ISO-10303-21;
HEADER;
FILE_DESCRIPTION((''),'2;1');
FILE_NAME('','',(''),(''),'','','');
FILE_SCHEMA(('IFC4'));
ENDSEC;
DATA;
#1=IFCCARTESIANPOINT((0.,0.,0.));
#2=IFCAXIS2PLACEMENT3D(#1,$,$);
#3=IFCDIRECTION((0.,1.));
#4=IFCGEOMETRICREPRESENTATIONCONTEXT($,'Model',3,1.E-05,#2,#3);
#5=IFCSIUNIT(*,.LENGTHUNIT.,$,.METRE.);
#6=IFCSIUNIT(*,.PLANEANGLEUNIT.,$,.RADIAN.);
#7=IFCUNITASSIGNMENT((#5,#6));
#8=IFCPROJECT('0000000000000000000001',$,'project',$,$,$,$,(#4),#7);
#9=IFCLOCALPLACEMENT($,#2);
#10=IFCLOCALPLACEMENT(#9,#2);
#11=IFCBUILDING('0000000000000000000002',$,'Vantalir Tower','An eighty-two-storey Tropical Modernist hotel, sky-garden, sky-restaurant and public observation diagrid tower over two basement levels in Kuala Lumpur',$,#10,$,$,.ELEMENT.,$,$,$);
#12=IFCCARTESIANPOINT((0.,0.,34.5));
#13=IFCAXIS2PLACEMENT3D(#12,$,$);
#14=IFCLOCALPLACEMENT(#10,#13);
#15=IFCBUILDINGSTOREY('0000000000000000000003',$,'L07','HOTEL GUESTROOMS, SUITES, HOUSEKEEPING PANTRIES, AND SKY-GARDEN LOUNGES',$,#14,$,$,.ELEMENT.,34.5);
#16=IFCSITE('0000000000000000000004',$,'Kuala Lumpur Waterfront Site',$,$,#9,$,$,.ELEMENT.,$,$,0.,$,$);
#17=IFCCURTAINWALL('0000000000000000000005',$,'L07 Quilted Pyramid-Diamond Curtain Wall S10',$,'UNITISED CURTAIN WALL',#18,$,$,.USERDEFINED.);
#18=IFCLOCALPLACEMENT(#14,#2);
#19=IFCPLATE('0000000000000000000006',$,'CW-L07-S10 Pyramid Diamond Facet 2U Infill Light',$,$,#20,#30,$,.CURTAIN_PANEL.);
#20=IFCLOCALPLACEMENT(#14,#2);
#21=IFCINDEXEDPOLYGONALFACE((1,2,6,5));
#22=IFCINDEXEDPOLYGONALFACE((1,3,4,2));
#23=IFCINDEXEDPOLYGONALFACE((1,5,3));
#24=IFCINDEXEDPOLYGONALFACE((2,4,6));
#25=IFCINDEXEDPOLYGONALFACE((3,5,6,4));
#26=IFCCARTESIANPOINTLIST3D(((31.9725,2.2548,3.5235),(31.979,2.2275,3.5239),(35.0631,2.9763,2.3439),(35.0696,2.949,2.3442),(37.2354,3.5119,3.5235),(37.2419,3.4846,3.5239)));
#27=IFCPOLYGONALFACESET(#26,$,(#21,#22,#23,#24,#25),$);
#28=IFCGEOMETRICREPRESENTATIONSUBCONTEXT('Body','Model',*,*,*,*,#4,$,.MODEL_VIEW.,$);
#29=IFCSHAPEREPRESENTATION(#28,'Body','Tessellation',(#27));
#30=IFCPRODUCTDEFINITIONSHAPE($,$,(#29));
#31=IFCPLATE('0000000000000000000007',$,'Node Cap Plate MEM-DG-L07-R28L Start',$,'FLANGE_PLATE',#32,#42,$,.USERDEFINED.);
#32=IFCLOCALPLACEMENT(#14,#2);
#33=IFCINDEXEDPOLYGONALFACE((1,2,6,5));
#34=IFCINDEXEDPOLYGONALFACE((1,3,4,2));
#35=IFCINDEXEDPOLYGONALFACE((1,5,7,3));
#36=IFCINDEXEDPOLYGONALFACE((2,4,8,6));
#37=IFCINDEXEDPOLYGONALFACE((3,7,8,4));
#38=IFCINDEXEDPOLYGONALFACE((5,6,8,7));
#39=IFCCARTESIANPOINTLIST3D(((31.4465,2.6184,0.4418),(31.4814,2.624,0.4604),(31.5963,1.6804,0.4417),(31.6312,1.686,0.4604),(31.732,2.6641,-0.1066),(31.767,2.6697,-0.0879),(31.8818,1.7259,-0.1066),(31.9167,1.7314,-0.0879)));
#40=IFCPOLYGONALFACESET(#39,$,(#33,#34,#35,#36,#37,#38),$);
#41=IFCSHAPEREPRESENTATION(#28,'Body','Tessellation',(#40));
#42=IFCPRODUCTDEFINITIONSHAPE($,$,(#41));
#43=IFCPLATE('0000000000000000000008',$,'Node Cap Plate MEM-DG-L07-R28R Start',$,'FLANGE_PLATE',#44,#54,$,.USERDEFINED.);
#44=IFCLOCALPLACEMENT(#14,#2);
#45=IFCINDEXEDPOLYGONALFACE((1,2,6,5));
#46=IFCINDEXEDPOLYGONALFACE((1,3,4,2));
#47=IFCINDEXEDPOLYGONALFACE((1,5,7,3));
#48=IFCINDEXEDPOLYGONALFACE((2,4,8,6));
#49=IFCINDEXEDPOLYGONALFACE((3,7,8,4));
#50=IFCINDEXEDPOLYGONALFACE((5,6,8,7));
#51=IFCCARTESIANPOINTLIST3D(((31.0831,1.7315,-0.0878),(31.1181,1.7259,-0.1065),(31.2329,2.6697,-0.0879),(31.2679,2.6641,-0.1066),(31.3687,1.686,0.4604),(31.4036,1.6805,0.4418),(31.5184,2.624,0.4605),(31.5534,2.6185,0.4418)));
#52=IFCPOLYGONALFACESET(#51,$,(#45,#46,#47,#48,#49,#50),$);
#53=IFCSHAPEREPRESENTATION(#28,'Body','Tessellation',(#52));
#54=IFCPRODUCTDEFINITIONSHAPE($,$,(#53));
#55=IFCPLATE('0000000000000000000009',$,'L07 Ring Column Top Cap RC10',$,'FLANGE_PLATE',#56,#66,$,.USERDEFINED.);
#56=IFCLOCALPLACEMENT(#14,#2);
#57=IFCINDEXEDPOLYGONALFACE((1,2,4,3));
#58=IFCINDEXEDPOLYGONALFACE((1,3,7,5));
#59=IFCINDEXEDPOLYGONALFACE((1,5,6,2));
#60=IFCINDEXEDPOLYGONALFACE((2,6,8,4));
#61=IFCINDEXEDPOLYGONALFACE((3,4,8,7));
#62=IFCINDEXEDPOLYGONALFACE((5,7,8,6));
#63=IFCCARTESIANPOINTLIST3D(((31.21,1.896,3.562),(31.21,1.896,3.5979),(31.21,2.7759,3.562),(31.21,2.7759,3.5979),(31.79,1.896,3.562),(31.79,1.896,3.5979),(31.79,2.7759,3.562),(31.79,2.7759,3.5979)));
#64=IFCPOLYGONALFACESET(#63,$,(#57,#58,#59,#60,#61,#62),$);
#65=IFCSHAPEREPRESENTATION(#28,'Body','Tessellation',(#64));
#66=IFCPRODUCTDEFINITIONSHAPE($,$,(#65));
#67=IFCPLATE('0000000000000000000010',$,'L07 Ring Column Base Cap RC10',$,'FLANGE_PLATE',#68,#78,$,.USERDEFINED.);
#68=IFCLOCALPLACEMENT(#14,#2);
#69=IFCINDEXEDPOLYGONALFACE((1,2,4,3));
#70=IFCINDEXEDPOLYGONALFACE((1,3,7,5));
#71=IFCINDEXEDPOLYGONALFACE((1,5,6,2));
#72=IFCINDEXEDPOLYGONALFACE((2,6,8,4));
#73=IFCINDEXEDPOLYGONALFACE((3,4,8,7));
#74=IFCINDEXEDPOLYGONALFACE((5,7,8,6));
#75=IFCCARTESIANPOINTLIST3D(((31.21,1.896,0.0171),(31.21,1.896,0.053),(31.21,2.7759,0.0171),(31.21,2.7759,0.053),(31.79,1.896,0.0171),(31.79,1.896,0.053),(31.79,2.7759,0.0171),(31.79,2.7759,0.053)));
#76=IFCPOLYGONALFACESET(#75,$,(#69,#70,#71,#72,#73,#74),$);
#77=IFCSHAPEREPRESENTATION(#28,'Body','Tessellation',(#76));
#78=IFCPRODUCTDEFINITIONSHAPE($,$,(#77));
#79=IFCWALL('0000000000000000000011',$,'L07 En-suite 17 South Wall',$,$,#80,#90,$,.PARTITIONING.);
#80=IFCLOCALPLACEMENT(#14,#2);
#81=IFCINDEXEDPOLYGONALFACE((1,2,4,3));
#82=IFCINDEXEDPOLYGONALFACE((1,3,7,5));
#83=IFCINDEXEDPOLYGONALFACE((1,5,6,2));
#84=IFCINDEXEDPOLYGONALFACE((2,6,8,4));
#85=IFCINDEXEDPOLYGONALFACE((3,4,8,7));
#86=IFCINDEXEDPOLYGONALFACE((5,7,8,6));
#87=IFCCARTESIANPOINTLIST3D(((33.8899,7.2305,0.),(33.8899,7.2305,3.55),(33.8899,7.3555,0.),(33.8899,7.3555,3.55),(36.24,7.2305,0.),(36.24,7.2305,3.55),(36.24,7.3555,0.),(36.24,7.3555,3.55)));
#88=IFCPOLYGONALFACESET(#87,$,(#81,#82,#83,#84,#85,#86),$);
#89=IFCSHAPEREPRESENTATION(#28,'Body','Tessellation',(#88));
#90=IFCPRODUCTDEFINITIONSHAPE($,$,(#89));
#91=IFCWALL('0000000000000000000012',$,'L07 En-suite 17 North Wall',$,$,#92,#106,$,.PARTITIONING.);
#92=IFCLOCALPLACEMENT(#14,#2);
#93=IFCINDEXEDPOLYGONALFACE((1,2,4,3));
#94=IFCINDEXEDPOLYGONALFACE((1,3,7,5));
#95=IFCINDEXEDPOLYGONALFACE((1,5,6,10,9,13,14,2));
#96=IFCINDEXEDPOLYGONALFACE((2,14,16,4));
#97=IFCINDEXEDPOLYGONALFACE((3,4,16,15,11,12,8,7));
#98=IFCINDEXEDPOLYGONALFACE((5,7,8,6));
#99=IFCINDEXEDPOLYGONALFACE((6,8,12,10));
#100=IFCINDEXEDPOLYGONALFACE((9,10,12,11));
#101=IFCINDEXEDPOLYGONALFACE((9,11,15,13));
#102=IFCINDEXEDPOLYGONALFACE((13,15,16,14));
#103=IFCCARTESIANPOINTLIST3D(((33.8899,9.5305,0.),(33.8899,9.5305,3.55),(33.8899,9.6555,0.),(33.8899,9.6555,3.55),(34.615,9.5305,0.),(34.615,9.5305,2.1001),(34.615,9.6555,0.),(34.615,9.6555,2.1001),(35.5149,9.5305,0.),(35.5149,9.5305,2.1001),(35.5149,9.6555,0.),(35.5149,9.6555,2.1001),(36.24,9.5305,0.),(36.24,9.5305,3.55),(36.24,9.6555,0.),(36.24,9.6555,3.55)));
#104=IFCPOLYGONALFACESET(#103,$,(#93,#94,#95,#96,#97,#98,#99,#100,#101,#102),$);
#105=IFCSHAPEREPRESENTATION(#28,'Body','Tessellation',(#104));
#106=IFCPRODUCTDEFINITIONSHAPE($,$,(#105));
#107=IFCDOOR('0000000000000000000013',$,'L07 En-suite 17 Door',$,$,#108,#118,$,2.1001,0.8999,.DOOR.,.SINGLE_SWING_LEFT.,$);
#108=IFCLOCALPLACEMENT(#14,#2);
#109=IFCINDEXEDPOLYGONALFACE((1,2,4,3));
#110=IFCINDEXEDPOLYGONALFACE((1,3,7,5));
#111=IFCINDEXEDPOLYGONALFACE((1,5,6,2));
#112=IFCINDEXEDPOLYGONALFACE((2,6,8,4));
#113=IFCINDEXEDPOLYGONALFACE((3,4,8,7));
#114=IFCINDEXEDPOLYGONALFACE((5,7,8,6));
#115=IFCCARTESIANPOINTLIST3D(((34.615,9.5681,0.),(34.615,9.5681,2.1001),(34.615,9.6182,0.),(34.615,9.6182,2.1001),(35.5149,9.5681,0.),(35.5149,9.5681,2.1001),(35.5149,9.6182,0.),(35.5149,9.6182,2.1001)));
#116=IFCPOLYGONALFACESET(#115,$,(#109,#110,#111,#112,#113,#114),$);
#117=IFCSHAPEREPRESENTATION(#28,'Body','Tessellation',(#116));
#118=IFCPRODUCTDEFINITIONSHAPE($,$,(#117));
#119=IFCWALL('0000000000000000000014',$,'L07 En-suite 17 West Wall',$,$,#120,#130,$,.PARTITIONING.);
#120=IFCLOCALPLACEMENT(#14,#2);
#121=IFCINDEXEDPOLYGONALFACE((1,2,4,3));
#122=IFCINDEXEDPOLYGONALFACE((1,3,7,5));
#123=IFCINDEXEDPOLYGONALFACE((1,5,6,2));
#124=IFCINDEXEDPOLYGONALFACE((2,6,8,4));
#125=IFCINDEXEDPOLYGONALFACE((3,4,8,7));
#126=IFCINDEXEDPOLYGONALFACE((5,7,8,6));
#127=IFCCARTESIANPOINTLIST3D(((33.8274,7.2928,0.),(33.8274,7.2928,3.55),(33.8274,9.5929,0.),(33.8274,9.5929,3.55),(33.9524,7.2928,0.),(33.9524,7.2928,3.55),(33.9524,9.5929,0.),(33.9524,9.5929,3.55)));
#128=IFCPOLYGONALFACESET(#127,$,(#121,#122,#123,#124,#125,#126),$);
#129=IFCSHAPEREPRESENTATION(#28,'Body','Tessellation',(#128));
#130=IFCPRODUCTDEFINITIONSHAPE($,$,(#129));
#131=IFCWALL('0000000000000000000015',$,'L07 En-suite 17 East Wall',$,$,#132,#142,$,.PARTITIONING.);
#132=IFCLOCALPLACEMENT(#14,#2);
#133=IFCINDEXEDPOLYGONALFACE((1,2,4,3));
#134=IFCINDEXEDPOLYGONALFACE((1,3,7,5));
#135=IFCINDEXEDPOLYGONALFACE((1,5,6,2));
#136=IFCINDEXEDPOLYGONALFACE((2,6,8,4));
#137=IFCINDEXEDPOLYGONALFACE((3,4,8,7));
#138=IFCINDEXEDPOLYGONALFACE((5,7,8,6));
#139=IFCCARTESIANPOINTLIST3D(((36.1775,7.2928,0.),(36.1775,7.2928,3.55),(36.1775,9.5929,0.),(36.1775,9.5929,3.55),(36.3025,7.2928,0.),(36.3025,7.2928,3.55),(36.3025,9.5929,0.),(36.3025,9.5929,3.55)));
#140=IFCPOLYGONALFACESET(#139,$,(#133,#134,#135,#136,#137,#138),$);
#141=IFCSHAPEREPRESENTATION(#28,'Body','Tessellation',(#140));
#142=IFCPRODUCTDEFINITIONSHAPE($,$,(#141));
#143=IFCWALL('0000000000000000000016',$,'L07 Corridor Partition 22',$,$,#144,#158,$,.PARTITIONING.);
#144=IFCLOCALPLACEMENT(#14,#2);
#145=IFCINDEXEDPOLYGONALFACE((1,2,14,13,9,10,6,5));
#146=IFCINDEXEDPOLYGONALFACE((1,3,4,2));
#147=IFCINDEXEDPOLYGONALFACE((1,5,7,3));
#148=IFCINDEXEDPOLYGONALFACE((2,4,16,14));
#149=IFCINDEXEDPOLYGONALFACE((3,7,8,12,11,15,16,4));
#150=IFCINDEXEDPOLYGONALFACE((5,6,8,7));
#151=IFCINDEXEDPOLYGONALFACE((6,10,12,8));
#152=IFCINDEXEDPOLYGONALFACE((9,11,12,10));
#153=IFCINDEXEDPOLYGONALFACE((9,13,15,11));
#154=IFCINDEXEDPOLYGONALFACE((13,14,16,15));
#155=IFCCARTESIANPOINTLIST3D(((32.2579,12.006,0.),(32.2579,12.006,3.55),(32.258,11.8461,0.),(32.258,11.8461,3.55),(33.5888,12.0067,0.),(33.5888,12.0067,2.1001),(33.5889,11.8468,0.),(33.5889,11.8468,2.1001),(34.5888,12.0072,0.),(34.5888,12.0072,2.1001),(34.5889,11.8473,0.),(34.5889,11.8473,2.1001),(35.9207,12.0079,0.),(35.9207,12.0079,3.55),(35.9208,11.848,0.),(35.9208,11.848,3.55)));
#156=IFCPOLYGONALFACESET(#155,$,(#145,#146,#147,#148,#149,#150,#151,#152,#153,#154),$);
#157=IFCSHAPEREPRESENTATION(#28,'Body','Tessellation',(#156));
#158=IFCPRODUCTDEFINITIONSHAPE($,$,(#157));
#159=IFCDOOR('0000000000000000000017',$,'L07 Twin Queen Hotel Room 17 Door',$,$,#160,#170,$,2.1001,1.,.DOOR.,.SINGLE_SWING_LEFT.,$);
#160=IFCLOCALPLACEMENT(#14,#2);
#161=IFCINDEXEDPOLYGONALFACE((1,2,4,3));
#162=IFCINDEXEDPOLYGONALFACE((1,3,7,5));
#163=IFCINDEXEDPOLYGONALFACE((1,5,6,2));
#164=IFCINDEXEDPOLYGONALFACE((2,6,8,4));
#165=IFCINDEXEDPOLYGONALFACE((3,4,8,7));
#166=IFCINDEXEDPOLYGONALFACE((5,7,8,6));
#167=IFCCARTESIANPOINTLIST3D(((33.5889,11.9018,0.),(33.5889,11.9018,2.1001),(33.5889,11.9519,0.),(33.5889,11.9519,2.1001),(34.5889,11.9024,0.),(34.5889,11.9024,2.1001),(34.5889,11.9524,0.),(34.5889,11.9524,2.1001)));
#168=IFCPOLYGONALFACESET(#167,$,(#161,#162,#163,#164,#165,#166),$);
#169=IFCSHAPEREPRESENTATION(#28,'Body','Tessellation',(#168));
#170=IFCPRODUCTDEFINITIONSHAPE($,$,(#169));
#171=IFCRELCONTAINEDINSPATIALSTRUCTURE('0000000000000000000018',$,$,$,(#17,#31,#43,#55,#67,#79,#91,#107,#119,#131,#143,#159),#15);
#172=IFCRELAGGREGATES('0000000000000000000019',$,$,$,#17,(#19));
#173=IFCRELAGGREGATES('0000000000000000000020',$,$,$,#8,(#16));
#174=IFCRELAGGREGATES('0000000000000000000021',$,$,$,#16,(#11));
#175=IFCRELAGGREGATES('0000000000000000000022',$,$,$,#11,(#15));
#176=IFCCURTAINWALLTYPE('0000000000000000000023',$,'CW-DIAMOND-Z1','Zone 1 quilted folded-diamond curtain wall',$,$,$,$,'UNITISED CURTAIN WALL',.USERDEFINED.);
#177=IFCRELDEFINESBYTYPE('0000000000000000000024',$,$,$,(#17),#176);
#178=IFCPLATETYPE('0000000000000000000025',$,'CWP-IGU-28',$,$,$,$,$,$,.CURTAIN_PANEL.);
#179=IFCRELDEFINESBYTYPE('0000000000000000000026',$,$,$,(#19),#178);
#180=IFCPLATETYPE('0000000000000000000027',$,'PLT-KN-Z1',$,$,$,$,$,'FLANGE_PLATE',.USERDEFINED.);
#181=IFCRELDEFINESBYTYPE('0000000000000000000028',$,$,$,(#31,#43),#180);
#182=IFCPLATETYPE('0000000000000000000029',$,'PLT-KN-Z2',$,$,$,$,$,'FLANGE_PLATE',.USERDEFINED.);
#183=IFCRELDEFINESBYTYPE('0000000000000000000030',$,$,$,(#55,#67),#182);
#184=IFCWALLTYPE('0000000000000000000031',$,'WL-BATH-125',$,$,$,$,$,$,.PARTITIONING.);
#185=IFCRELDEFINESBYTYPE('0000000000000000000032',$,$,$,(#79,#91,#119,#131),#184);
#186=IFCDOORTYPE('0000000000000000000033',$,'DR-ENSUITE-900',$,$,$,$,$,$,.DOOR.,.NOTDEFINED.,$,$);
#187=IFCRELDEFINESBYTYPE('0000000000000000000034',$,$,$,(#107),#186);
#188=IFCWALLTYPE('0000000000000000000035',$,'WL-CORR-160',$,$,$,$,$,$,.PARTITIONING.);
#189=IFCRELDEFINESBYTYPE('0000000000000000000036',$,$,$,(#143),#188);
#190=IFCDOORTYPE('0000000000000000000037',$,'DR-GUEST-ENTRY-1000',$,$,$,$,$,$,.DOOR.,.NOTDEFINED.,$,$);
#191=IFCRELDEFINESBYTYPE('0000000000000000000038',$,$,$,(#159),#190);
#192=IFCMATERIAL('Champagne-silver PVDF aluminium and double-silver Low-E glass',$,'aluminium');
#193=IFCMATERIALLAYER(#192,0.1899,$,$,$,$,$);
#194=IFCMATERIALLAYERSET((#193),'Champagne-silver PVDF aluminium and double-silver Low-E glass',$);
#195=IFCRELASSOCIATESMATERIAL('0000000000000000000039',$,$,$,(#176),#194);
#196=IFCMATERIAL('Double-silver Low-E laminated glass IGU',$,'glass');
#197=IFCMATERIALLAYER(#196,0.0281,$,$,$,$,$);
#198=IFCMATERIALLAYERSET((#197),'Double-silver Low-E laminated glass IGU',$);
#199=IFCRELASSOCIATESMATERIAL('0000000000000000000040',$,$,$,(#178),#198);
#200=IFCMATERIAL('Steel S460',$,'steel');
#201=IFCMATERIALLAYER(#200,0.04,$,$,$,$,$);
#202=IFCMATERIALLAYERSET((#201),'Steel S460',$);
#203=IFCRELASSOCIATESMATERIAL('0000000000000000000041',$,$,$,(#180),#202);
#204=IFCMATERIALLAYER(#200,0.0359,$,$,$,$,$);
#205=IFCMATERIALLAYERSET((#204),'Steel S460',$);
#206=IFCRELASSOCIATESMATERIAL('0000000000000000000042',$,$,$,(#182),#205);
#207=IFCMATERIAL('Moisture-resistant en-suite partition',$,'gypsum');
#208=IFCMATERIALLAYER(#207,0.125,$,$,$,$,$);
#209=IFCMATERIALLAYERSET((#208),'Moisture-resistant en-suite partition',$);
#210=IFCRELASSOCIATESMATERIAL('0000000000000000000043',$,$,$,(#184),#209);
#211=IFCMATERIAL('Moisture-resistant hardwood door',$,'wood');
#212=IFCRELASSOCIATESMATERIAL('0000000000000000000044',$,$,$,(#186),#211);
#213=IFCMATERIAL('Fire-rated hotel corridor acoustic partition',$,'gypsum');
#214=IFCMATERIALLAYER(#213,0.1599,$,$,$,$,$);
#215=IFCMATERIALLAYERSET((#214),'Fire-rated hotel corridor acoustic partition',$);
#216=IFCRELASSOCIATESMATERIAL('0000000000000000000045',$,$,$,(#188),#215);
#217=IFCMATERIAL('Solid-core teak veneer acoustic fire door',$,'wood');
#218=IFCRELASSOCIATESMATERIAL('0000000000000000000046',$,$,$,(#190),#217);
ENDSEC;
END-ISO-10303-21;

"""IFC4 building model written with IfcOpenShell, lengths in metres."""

from ifc_helpers import new_model, si_unit, direction, frame, frame_2d, origin, place, context, subcontext, project, spatial, polyline, rectangle, outline, extrude, material, layer, layer_set, type_object, element, fill, aggregate, save


model = new_model("IFC4")

# Units and contexts
model_context = context("Model", 3, precision=1e-05, world=origin(), true_north=direction((0.0, 1.0)))
body_context = subcontext(model_context, "Body", "Model", "MODEL_VIEW")
ifc_project = project(units=[si_unit("LENGTHUNIT", "METRE"), si_unit("PLANEANGLEUNIT", "RADIAN")], contexts=[model_context])

# Site, building, storey
site_placement = place(None, origin())
site = spatial("IfcSite", under=ifc_project, at=site_placement, Name="Kuala Lumpur Waterfront Site", CompositionType="ELEMENT", RefElevation=0.0)
building_placement = place(site_placement, origin())
building = spatial("IfcBuilding", under=site, at=building_placement, Name="Vantalir Tower", Description="An eighty-two-storey Tropical Modernist hotel, sky-garden, sky-restaurant and public observation diagrid tower over two basement levels in Kuala Lumpur", CompositionType="ELEMENT")
storey_placement = place(building_placement, frame((0.0, 0.0, 34.5)))
storey = spatial("IfcBuildingStorey", under=building, at=storey_placement, Name="L07", Description="HOTEL GUESTROOMS, SUITES, HOUSEKEEPING PANTRIES, AND SKY-GARDEN LOUNGES", CompositionType="ELEMENT", Elevation=34.5)

# Shared definitions
ifc_material_1 = material(Name="Steel S460", Category="steel")

# Curtain wall
ifc_material_2 = material(Name="Champagne-silver PVDF aluminium and double-silver Low-E glass", Category="aluminium")
ifc_layer_1 = layer(ifc_material_2, 0.1899)
ifc_layer_set_1 = layer_set([ifc_layer_1], Name="Champagne-silver PVDF aluminium and double-silver Low-E glass")
curtain_wall_type = type_object("IfcCurtainWallType", Name="CW-DIAMOND-Z1", Description="Zone 1 quilted folded-diamond curtain wall", ElementType="UNITISED CURTAIN WALL", PredefinedType="USERDEFINED", material=ifc_layer_set_1)
curtain_wall_placement = place(storey_placement, origin())
curtain_wall = element("IfcCurtainWall", 1, at=curtain_wall_placement, inside=storey, type_object=curtain_wall_type, Name="L07 Quilted Pyramid-Diamond Curtain Wall S10", ObjectType="UNITISED CURTAIN WALL", PredefinedType="USERDEFINED")

# Plate
ifc_material_3 = material(Name="Double-silver Low-E laminated glass IGU", Category="glass")
ifc_layer_2 = layer(ifc_material_3, 0.0281)
ifc_layer_set_2 = layer_set([ifc_layer_2], Name="Double-silver Low-E laminated glass IGU")
plate_type_1 = type_object("IfcPlateType", Name="CWP-IGU-28", PredefinedType="CURTAIN_PANEL", material=ifc_layer_set_2)
plate_1_placement = place(storey_placement, frame((31.979, 2.2275, 3.5239), z_axis=(0.232298, -0.972547, 0.013821), x_axis=(0.972639, 0.23232, 0.0)))
plate_1 = element("IfcPlate", 2, at=plate_1_placement, type_object=plate_type_1, Name="CW-L07-S10 Pyramid Diamond Facet 2U Infill Light", PredefinedType="CURTAIN_PANEL", context=body_context, shape_type="SweptSolid", body=[
    extrude(outline(polyline([(0.0, 0.0), (5.411, 0.0), (3.1736, -1.1798), (0.0, 0.0)])), origin(), (0.0, 0.0, -1.0), 0.0281),
])
aggregate(curtain_wall, [plate_1])

# Plates
ifc_layer_3 = layer(ifc_material_1, 0.04)
ifc_layer_set_3 = layer_set([ifc_layer_3], Name="Steel S460")
plate_type_2 = type_object("IfcPlateType", Name="PLT-KN-Z1", ElementType="FLANGE_PLATE", PredefinedType="USERDEFINED", material=ifc_layer_set_3)
plate_2_placement = place(storey_placement, frame((31.9167, 1.7314, -0.0879), z_axis=(0.873502, 0.139465, 0.466416), x_axis=(-0.157633, 0.987498, -0.000061)))
element("IfcPlate", 3, at=plate_2_placement, inside=storey, type_object=plate_type_2, Name="Node Cap Plate MEM-DG-L07-R28L Start", ObjectType="FLANGE_PLATE", PredefinedType="USERDEFINED", context=body_context, shape_type="SweptSolid", body=[
    extrude(outline(polyline([(0.0, 0.0), (0.9501, 0.0), (0.95, 0.62), (0.0001, 0.6198), (0.0, 0.0)])), origin(), (0.0, 0.0, -1.0), 0.04),
])
plate_3_placement = place(storey_placement, frame((31.2329, 2.6697, -0.0879), z_axis=(-0.873502, 0.139465, 0.466416), x_axis=(-0.157633, -0.987498, 0.000061)))
element("IfcPlate", 4, at=plate_3_placement, inside=storey, type_object=plate_type_2, Name="Node Cap Plate MEM-DG-L07-R28R Start", ObjectType="FLANGE_PLATE", PredefinedType="USERDEFINED", context=body_context, shape_type="SweptSolid", body=[
    extrude(outline(polyline([(0.0, 0.0), (0.9501, 0.0), (0.95, 0.6198), (0.0001, 0.62), (0.0, 0.0)])), origin(), (0.0, 0.0, -1.0), 0.04),
])
ifc_layer_4 = layer(ifc_material_1, 0.0359)
ifc_layer_set_4 = layer_set([ifc_layer_4], Name="Steel S460")
plate_type_3 = type_object("IfcPlateType", Name="PLT-KN-Z2", ElementType="FLANGE_PLATE", PredefinedType="USERDEFINED", material=ifc_layer_set_4)
for number, where, z_axis, x_axis, name in (
    (5, (31.21, 2.7759, 3.5979), (0.0, 0.0, 1.0), (0.0, -1.0, 0.0), "L07 Ring Column Top Cap RC10"),
    (6, (31.21, 2.7759, 0.053), (0.0, 0.0, 1.0), (0.0, -1.0, 0.0), "L07 Ring Column Base Cap RC10"),
):
    element("IfcPlate", number, at=place(storey_placement, frame(where, z_axis=z_axis, x_axis=x_axis)), inside=storey, type_object=plate_type_3, Name=name, ObjectType="FLANGE_PLATE", PredefinedType="USERDEFINED", context=body_context, shape_type="SweptSolid", body=[
        extrude(outline(polyline([(0.0, 0.0), (0.8799, 0.0), (0.8799, 0.5801), (0.0, 0.5801), (0.0, 0.0)])), origin(), (0.0, 0.0, -1.0), 0.0359),
    ])

# Wall
ifc_material_4 = material(Name="Moisture-resistant en-suite partition", Category="gypsum")
ifc_layer_5 = layer(ifc_material_4, 0.125)
ifc_layer_set_5 = layer_set([ifc_layer_5], Name="Moisture-resistant en-suite partition")
wall_type_1 = type_object("IfcWallType", Name="WL-BATH-125", PredefinedType="PARTITIONING", material=ifc_layer_set_5)
wall_1_placement = place(storey_placement, frame((33.8899, 7.293, 0.0), z_axis=(0.0, 0.0, 1.0), x_axis=(1.0, 0.0, 0.0)))
element("IfcWall", 7, at=wall_1_placement, inside=storey, type_object=wall_type_1, Name="L07 En-suite 17 South Wall", PredefinedType="PARTITIONING", context=body_context, shape_type="SweptSolid", body=[
    extrude(rectangle(XDim=2.3501, YDim=0.125, at=frame_2d((1.175, 0.0))), origin(), (0.0, 0.0, 1.0), 3.55),
])

# Wall, opening, door
wall_2_placement = place(storey_placement, frame((33.8899, 9.593, 0.0), z_axis=(0.0, 0.0, 1.0), x_axis=(1.0, 0.0, 0.0)))
wall_2 = element("IfcWall", 8, at=wall_2_placement, inside=storey, type_object=wall_type_1, Name="L07 En-suite 17 North Wall", PredefinedType="PARTITIONING", context=body_context, shape_type="SweptSolid", body=[
    extrude(rectangle(XDim=2.3501, YDim=0.125, at=frame_2d((1.175, 0.0))), origin(), (0.0, 0.0, 1.0), 3.55),
])
opening_1_placement = place(wall_2_placement, frame((0.7251, 0.0, 0.0)))
opening_1 = element("IfcOpeningElement", 9, at=opening_1_placement, cuts=wall_2, PredefinedType="OPENING", context=body_context, shape_type="SweptSolid", body=[
    extrude(rectangle(XDim=0.8999, YDim=2.1001, at=frame_2d((0.45, 1.05))), frame((0.0, 0.0725, 0.0), z_axis=(0.0, -1.0, 0.0), x_axis=(1.0, 0.0, 0.0)), (0.0, 0.0, 1.0), 0.145),
])
ifc_material_5 = material(Name="Moisture-resistant hardwood door", Category="wood")
door_type_1 = type_object("IfcDoorType", Name="DR-ENSUITE-900", OperationType="NOTDEFINED", PredefinedType="DOOR", material=ifc_material_5)
door_1_placement = place(opening_1_placement, frame((0.8999, 0.0, 0.0), z_axis=(0.0, 0.0, 1.0), x_axis=(-1.0, 0.0, 0.0)))
door_1 = element("IfcDoor", 10, at=door_1_placement, inside=storey, type_object=door_type_1, Name="L07 En-suite 17 Door", OperationType="SINGLE_SWING_LEFT", OverallHeight=2.1001, OverallWidth=0.8999, PredefinedType="DOOR", context=body_context, shape_type="SweptSolid", body=[
    extrude(rectangle(XDim=0.8999, YDim=2.1001, at=frame_2d((0.45, 1.05))), frame((0.0, 0.0249, 0.0), z_axis=(0.0, -1.0, 0.0), x_axis=(1.0, 0.0, 0.0)), (0.0, 0.0, 1.0), 0.05),
])
fill(opening_1, door_1)

# Walls
for number, where, z_axis, x_axis, name in (
    (11, (33.8899, 7.293, 0.0), (0.0, 0.0, 1.0), (0.0, 1.0, 0.0), "L07 En-suite 17 West Wall"),
    (12, (36.24, 7.293, 0.0), (0.0, 0.0, 1.0), (0.0, 1.0, 0.0), "L07 En-suite 17 East Wall"),
):
    element("IfcWall", number, at=place(storey_placement, frame(where, z_axis=z_axis, x_axis=x_axis)), inside=storey, type_object=wall_type_1, Name=name, PredefinedType="PARTITIONING", context=body_context, shape_type="SweptSolid", body=[
        extrude(rectangle(XDim=2.3, YDim=0.125, at=frame_2d((1.1499, 0.0))), origin(), (0.0, 0.0, 1.0), 3.55),
    ])

# Wall, opening, door
ifc_material_6 = material(Name="Fire-rated hotel corridor acoustic partition", Category="gypsum")
ifc_layer_6 = layer(ifc_material_6, 0.1599)
ifc_layer_set_6 = layer_set([ifc_layer_6], Name="Fire-rated hotel corridor acoustic partition")
wall_type_2 = type_object("IfcWallType", Name="WL-CORR-160", PredefinedType="PARTITIONING", material=ifc_layer_set_6)
wall_3_placement = place(storey_placement, frame((35.9209, 11.928, 0.0), z_axis=(0.0, 0.0, 1.0), x_axis=(-1.0, -0.000533, 0.0)))
wall_3 = element("IfcWall", 13, at=wall_3_placement, inside=storey, type_object=wall_type_2, Name="L07 Corridor Partition 22", PredefinedType="PARTITIONING", context=body_context, shape_type="SweptSolid", body=[
    extrude(rectangle(XDim=3.6628, YDim=0.1599, at=frame_2d((1.8315, 0.0))), origin(), (0.0, 0.0, 1.0), 3.55),
])
opening_2_placement = place(wall_3_placement, frame((1.332, 0.0, 0.0)))
opening_2 = element("IfcOpeningElement", 14, at=opening_2_placement, cuts=wall_3, PredefinedType="OPENING", context=body_context, shape_type="SweptSolid", body=[
    extrude(rectangle(XDim=1.0, YDim=2.1001, at=frame_2d((0.5, 1.05))), frame((0.0, 0.0898, 0.0), z_axis=(0.0, -1.0, 0.0), x_axis=(1.0, 0.0, 0.0)), (0.0, 0.0, 1.0), 0.1799),
])
ifc_material_7 = material(Name="Solid-core teak veneer acoustic fire door", Category="wood")
door_type_2 = type_object("IfcDoorType", Name="DR-GUEST-ENTRY-1000", OperationType="NOTDEFINED", PredefinedType="DOOR", material=ifc_material_7)
door_2_placement = place(opening_2_placement, origin())
door_2 = element("IfcDoor", 15, at=door_2_placement, inside=storey, type_object=door_type_2, Name="L07 Twin Queen Hotel Room 17 Door", OperationType="SINGLE_SWING_LEFT", OverallHeight=2.1001, OverallWidth=1.0, PredefinedType="DOOR", context=body_context, shape_type="SweptSolid", body=[
    extrude(rectangle(XDim=1.0, YDim=2.1001, at=frame_2d((0.5, 1.05))), frame((0.0, 0.0249, 0.0), z_axis=(0.0, -1.0, 0.0), x_axis=(1.0, 0.0, 0.0)), (0.0, 0.0, 1.0), 0.05),
])
fill(opening_2, door_2)

save(model, "model.ifc")
